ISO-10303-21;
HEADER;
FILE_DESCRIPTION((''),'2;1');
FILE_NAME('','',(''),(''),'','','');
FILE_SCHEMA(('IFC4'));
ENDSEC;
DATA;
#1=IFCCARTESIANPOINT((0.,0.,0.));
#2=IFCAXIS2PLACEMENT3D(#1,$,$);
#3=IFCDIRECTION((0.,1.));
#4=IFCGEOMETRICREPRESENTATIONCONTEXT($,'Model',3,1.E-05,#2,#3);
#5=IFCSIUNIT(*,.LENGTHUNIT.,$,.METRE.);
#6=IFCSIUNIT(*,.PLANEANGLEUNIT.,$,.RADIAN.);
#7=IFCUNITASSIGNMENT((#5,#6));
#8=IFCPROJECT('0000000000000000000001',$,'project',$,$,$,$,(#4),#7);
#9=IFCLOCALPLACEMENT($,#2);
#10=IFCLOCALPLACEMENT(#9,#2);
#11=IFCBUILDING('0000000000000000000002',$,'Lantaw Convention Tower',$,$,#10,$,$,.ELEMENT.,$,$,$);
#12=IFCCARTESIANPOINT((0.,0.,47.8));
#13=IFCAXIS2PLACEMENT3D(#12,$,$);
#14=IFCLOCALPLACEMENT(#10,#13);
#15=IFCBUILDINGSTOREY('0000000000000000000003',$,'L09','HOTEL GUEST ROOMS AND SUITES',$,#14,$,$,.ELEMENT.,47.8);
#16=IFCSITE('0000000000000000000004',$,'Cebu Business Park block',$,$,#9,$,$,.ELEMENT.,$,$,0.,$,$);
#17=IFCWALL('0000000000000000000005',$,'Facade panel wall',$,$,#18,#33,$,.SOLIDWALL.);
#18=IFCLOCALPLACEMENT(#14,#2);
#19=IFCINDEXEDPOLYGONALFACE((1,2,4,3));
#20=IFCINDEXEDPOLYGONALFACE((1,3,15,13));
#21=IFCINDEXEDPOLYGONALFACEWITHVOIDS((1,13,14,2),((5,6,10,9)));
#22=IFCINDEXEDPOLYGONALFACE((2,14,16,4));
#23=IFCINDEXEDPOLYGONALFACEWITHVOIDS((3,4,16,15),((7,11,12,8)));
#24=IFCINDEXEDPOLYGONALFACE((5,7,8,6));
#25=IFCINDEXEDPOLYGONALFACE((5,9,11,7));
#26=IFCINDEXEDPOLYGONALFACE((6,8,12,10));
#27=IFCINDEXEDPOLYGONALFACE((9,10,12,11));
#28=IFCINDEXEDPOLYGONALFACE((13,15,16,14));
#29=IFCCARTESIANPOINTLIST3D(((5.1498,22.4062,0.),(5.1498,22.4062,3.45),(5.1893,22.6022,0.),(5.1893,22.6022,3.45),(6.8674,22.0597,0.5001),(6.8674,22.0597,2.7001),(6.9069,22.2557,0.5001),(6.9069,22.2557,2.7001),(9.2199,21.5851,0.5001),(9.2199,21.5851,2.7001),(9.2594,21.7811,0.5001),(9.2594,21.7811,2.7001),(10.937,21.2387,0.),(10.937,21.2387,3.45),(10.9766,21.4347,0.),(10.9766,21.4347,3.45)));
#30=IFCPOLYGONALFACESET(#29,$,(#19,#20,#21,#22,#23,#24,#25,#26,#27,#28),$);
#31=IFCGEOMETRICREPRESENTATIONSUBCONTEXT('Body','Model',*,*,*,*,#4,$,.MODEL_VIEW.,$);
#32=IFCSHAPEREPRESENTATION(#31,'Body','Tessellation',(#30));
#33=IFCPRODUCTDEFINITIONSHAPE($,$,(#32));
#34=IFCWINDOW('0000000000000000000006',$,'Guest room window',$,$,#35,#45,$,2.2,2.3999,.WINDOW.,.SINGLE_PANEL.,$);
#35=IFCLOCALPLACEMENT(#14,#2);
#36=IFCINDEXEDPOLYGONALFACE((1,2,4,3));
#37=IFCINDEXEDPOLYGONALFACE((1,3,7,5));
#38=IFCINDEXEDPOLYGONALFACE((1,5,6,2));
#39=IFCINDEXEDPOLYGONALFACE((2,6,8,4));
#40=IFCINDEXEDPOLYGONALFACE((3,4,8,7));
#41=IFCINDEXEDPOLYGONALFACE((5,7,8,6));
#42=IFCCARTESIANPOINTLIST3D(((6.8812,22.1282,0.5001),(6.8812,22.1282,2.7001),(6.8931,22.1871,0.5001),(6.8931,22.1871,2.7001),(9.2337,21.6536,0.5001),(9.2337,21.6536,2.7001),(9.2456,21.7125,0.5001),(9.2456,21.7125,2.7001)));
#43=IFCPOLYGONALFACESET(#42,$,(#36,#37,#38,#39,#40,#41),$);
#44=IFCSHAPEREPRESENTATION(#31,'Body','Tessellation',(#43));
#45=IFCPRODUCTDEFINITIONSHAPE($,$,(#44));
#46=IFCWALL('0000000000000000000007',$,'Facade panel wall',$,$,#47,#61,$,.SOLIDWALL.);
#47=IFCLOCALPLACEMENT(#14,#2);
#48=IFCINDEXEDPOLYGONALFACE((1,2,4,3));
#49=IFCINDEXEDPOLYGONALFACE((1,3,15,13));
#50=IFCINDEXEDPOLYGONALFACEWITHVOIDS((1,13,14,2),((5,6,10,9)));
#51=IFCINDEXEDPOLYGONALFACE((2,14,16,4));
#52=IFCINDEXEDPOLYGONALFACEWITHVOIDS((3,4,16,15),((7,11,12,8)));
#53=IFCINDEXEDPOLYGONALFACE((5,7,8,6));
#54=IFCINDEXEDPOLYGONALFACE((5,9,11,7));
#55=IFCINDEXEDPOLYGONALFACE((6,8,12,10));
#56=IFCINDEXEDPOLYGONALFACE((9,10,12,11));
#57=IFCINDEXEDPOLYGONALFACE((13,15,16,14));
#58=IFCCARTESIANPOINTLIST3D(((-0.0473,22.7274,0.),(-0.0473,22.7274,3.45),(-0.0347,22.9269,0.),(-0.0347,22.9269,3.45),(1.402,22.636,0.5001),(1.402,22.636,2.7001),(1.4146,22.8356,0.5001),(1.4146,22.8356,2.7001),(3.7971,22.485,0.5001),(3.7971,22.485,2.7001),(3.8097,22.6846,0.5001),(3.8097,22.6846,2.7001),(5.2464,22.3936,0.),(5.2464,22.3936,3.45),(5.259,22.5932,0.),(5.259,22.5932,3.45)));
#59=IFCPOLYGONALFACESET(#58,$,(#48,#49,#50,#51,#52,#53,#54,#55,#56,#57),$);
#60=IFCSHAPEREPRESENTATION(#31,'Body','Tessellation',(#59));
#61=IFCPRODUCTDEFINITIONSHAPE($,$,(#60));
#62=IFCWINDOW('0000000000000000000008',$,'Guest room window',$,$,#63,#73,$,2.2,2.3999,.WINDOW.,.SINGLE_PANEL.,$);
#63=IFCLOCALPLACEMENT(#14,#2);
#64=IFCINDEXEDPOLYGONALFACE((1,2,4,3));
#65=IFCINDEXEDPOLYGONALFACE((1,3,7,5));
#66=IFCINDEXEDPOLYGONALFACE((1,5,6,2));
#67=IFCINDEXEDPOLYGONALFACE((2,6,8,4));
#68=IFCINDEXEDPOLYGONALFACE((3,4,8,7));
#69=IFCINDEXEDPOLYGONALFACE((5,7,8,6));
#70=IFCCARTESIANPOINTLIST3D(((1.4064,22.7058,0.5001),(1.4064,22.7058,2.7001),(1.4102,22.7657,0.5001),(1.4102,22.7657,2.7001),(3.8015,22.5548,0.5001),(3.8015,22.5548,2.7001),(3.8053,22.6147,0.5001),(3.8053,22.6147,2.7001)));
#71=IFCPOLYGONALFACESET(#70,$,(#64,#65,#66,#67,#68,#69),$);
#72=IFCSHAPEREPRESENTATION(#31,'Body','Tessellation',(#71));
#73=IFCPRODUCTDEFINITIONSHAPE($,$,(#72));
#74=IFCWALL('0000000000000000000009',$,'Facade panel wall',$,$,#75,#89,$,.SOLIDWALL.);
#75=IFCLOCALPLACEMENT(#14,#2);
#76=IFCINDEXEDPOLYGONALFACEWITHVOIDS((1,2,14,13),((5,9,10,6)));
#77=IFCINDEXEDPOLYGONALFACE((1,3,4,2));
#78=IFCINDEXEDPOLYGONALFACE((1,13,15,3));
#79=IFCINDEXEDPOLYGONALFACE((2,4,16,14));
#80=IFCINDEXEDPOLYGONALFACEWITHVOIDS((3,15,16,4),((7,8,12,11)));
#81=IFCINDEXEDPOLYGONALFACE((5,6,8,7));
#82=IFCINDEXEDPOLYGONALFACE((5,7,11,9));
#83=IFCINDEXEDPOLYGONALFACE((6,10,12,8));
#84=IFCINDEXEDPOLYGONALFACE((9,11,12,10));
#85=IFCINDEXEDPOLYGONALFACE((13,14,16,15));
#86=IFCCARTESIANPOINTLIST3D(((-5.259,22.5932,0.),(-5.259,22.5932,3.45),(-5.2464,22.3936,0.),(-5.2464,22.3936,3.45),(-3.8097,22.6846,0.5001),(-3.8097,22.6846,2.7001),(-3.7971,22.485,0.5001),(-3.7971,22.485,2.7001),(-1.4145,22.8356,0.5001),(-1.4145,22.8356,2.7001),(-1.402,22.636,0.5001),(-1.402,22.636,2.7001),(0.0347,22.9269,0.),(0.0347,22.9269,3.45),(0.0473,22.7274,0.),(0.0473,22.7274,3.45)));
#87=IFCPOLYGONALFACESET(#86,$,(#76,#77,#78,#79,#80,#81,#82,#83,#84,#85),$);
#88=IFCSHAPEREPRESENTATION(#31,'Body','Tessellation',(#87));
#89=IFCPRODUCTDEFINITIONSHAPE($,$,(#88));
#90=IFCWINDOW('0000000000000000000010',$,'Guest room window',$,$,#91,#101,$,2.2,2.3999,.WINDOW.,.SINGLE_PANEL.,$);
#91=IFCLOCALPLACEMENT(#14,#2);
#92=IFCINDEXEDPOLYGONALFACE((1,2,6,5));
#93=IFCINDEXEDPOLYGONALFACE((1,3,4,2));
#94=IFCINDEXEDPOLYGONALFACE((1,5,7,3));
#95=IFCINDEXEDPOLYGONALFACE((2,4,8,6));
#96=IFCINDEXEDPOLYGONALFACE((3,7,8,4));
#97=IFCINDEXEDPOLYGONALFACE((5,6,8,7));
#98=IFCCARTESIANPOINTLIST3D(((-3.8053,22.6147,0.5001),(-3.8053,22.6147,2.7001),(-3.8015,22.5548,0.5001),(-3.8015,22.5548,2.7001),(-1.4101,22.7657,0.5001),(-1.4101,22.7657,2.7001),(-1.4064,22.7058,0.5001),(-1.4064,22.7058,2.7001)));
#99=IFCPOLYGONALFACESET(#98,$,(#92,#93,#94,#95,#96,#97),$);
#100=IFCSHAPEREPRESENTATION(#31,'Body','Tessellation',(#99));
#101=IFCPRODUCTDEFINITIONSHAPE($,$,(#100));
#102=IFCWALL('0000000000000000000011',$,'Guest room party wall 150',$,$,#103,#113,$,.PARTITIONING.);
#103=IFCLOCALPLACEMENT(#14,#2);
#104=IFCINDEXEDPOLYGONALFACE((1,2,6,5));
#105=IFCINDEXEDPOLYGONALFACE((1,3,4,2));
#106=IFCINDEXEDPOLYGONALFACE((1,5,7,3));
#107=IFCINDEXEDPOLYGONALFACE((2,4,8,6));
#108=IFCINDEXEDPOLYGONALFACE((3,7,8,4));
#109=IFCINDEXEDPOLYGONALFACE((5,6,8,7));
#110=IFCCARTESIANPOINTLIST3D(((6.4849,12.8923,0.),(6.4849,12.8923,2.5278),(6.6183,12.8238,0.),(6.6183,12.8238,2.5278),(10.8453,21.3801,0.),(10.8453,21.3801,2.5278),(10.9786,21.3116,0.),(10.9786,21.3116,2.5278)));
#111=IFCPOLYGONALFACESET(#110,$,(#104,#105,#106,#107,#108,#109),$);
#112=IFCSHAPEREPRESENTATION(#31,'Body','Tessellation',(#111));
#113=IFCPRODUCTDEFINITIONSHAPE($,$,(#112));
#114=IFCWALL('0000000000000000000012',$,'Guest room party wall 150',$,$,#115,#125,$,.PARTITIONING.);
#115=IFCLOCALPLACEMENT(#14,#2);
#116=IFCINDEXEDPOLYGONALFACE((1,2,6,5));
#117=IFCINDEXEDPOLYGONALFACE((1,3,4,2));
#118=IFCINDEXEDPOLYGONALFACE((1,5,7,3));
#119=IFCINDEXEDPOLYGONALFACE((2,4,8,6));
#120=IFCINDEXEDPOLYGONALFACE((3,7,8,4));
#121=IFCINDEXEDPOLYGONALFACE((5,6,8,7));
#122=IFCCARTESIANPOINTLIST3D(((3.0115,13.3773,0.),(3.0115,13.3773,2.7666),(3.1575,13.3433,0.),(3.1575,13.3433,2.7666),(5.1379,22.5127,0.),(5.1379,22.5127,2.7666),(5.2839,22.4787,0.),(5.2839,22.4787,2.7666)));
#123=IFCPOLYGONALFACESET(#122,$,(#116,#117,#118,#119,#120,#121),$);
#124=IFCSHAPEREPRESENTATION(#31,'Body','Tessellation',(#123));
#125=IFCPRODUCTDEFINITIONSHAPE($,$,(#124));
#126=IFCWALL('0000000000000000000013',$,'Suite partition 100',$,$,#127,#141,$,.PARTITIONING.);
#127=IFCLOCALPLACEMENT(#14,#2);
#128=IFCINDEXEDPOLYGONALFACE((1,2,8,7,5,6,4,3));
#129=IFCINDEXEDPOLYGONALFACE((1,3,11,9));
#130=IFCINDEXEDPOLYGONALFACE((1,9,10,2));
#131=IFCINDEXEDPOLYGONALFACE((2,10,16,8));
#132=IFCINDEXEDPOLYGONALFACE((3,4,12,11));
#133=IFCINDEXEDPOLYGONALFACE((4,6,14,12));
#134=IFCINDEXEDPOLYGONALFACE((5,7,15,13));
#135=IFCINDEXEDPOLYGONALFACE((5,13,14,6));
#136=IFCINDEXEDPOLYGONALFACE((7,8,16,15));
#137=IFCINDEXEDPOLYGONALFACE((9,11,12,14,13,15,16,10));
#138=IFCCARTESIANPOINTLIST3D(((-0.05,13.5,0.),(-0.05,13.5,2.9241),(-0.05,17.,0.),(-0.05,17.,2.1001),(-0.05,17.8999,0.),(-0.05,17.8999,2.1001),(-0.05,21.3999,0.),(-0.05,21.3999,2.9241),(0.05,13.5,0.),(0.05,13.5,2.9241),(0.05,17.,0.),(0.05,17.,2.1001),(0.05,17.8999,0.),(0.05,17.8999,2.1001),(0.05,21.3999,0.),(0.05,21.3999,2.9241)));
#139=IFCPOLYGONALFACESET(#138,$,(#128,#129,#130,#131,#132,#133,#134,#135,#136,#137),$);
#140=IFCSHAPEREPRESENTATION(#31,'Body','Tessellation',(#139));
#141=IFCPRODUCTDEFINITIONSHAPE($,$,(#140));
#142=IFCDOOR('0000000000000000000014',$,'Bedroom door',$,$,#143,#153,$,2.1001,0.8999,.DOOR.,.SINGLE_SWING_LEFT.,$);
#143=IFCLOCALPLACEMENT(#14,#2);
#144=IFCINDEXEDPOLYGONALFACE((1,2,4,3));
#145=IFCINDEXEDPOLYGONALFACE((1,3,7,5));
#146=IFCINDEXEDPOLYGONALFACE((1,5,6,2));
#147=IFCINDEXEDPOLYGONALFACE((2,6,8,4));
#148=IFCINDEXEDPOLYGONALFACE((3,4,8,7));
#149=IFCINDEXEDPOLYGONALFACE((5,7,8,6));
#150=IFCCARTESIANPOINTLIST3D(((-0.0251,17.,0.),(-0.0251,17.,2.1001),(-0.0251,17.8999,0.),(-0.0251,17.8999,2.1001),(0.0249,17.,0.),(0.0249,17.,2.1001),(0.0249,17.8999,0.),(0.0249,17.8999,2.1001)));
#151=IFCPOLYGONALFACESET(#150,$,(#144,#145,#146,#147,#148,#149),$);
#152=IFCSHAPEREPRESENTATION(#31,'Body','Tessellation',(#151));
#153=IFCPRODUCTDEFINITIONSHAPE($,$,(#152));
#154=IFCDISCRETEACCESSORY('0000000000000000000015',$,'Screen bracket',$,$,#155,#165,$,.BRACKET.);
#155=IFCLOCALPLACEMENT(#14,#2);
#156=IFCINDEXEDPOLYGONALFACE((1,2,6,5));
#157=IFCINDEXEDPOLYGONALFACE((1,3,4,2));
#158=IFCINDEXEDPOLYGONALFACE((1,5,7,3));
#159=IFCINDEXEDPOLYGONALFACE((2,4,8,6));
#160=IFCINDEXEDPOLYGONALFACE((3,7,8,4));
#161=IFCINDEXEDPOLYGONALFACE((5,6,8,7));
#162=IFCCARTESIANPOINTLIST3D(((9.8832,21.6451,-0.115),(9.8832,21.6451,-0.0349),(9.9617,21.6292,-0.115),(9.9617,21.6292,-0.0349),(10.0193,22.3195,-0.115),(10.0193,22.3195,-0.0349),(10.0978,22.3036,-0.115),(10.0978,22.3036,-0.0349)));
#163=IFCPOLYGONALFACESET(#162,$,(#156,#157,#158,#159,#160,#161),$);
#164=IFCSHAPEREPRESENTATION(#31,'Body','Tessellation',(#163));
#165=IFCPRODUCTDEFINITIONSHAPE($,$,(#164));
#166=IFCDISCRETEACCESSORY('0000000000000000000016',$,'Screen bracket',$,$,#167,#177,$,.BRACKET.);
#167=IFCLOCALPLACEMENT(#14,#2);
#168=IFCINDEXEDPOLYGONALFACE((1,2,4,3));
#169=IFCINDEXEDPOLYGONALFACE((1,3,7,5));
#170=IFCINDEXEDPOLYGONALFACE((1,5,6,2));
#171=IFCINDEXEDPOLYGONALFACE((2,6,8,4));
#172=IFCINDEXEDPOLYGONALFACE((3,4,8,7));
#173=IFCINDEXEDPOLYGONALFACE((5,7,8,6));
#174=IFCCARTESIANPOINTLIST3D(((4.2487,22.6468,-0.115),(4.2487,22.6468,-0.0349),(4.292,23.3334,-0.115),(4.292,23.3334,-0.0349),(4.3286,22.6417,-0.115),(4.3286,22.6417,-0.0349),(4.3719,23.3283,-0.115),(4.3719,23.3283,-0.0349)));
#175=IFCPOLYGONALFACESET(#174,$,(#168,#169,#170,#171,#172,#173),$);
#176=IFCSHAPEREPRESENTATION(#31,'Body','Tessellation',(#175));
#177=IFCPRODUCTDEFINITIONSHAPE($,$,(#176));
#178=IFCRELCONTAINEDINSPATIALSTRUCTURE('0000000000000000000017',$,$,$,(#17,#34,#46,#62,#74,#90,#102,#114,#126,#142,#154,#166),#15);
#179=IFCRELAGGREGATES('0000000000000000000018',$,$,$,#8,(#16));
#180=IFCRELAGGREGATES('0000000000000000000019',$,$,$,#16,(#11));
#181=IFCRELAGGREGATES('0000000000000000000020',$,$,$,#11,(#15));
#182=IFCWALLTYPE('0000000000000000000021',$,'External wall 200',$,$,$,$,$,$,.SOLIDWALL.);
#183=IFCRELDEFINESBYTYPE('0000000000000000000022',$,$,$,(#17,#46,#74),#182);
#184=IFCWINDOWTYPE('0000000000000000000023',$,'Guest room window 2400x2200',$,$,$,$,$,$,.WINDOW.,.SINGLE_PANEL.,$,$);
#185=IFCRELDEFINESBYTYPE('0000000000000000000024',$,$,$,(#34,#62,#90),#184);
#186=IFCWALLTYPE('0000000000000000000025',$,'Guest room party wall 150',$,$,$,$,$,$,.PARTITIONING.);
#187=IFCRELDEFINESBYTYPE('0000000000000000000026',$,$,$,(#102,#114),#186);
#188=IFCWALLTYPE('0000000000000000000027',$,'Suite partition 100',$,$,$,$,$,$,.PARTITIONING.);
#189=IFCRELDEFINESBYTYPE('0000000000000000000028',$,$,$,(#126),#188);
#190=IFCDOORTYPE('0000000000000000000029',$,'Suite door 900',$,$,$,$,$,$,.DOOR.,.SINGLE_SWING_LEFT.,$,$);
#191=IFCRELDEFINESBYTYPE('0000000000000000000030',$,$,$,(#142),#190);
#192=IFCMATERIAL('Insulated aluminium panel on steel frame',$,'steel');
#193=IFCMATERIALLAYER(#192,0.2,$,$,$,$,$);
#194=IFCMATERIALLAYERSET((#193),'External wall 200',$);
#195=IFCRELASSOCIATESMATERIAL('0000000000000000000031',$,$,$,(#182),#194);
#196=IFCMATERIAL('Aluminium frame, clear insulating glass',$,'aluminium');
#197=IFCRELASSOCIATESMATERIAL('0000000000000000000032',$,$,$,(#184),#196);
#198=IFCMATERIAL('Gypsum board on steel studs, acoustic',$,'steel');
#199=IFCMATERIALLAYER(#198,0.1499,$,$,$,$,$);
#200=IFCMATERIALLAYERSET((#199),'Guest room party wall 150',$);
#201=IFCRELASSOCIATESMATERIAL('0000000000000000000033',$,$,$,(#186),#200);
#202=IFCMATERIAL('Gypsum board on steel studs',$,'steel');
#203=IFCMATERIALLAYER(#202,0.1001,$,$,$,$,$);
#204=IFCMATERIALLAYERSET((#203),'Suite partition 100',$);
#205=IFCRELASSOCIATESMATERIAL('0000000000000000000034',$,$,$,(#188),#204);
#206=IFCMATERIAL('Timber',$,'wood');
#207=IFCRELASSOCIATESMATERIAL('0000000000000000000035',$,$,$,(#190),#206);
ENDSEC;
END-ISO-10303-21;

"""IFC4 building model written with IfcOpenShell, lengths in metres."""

from ifc_helpers import new_model, si_unit, direction, frame, frame_2d, origin, origin_2d, place, context, subcontext, project, spatial, rectangle, extrude, material, layer, layer_set, type_object, element, fill, save


model = new_model("IFC4")

# Units and contexts
model_context = context("Model", 3, precision=1e-05, world=origin(), true_north=direction((0.0, 1.0)))
body_context = subcontext(model_context, "Body", "Model", "MODEL_VIEW")
ifc_project = project(units=[si_unit("LENGTHUNIT", "METRE"), si_unit("PLANEANGLEUNIT", "RADIAN")], contexts=[model_context])

# Site, building, storey
site_placement = place(None, origin())
site = spatial("IfcSite", under=ifc_project, at=site_placement, Name="Cebu Business Park block", CompositionType="ELEMENT", RefElevation=0.0)
building_placement = place(site_placement, origin())
building = spatial("IfcBuilding", under=site, at=building_placement, Name="Lantaw Convention Tower", CompositionType="ELEMENT")
storey_placement = place(building_placement, frame((0.0, 0.0, 47.8)))
storey = spatial("IfcBuildingStorey", under=building, at=storey_placement, Name="L09", Description="HOTEL GUEST ROOMS AND SUITES", CompositionType="ELEMENT", Elevation=47.8)

# Walls, openings, windows
ifc_material_1 = material(Name="Insulated aluminium panel on steel frame", Category="steel")
ifc_layer_1 = layer(ifc_material_1, 0.2)
ifc_layer_set_1 = layer_set([ifc_layer_1], Name="External wall 200")
wall_type_1 = type_object("IfcWallType", Name="External wall 200", PredefinedType="SOLIDWALL", material=ifc_layer_set_1)
wall_1_placement = place(storey_placement, frame((10.9568, 21.3367, 0.0), z_axis=(0.0, 0.0, 1.0), x_axis=(-0.980252, 0.197754, 0.0)))
wall_1 = element("IfcWall", 1, at=wall_1_placement, inside=storey, type_object=wall_type_1, Name="Facade panel wall", PredefinedType="SOLIDWALL", context=body_context, shape_type="SweptSolid", body=[
    extrude(rectangle(XDim=5.9038, YDim=0.2, at=frame_2d((2.9519, 0.0))), origin(), (0.0, 0.0, 1.0), 3.45),
])
opening_1_placement = place(wall_1_placement, frame((1.7517, 0.0, 0.5)))
opening_1 = element("IfcOpeningElement", 2, at=opening_1_placement, cuts=wall_1, PredefinedType="OPENING", context=body_context, shape_type="SweptSolid", body=[
    extrude(rectangle(XDim=2.3999, YDim=2.2, at=frame_2d((1.2, 1.1001))), frame((0.0, 0.1099, 0.0), z_axis=(0.0, -1.0, 0.0), x_axis=(1.0, 0.0, 0.0)), (0.0, 0.0, 1.0), 0.22),
])
ifc_material_2 = material(Name="Aluminium frame, clear insulating glass", Category="aluminium")
window_type = type_object("IfcWindowType", Name="Guest room window 2400x2200", PartitioningType="SINGLE_PANEL", PredefinedType="WINDOW", material=ifc_material_2)
window_1_placement = place(opening_1_placement, origin())
window_1 = element("IfcWindow", 3, at=window_1_placement, inside=storey, type_object=window_type, Name="Guest room window", OverallHeight=2.2, OverallWidth=2.3999, PartitioningType="SINGLE_PANEL", PredefinedType="WINDOW", context=body_context, shape_type="SweptSolid", body=[
    extrude(rectangle(XDim=2.3999, YDim=2.2, at=frame_2d((1.2, 1.1001))), frame((0.0, 0.03, 0.0), z_axis=(0.0, -1.0, 0.0), x_axis=(1.0, 0.0, 0.0)), (0.0, 0.0, 1.0), 0.0601),
])
fill(opening_1, window_1)
wall_2_placement = place(storey_placement, frame((5.2527, 22.4934, 0.0), z_axis=(0.0, 0.0, 1.0), x_axis=(-0.998019, 0.06292, 0.0)))
wall_2 = element("IfcWall", 4, at=wall_2_placement, inside=storey, type_object=wall_type_1, Name="Facade panel wall", PredefinedType="SOLIDWALL", context=body_context, shape_type="SweptSolid", body=[
    extrude(rectangle(XDim=5.3042, YDim=0.2, at=frame_2d((2.6521, 0.0))), origin(), (0.0, 0.0, 1.0), 3.45),
])
opening_2_placement = place(wall_2_placement, frame((1.4521, 0.0, 0.5)))
opening_2 = element("IfcOpeningElement", 5, at=opening_2_placement, cuts=wall_2, PredefinedType="OPENING", context=body_context, shape_type="SweptSolid", body=[
    extrude(rectangle(XDim=2.3999, YDim=2.2, at=frame_2d((1.2, 1.1001))), frame((0.0, 0.1099, 0.0), z_axis=(0.0, -1.0, 0.0), x_axis=(1.0, 0.0, 0.0)), (0.0, 0.0, 1.0), 0.22),
])
window_2_placement = place(opening_2_placement, origin())
window_2 = element("IfcWindow", 6, at=window_2_placement, inside=storey, type_object=window_type, Name="Guest room window", OverallHeight=2.2, OverallWidth=2.3999, PartitioningType="SINGLE_PANEL", PredefinedType="WINDOW", context=body_context, shape_type="SweptSolid", body=[
    extrude(rectangle(XDim=2.3999, YDim=2.2, at=frame_2d((1.2, 1.1001))), frame((0.0, 0.03, 0.0), z_axis=(0.0, -1.0, 0.0), x_axis=(1.0, 0.0, 0.0)), (0.0, 0.0, 1.0), 0.0601),
])
fill(opening_2, window_2)
wall_3_placement = place(storey_placement, frame((0.041, 22.8271, 0.0), z_axis=(0.0, 0.0, 1.0), x_axis=(-0.998019, -0.06292, 0.0)))
wall_3 = element("IfcWall", 7, at=wall_3_placement, inside=storey, type_object=wall_type_1, Name="Facade panel wall", PredefinedType="SOLIDWALL", context=body_context, shape_type="SweptSolid", body=[
    extrude(rectangle(XDim=5.3042, YDim=0.2, at=frame_2d((2.6521, 0.0))), origin(), (0.0, 0.0, 1.0), 3.45),
])
opening_3_placement = place(wall_3_placement, frame((1.4521, 0.0, 0.5)))
opening_3 = element("IfcOpeningElement", 8, at=opening_3_placement, cuts=wall_3, PredefinedType="OPENING", context=body_context, shape_type="SweptSolid", body=[
    extrude(rectangle(XDim=2.3999, YDim=2.2, at=frame_2d((1.2, 1.1001))), frame((0.0, 0.1099, 0.0), z_axis=(0.0, -1.0, 0.0), x_axis=(1.0, 0.0, 0.0)), (0.0, 0.0, 1.0), 0.22),
])
window_3_placement = place(opening_3_placement, origin())
window_3 = element("IfcWindow", 9, at=window_3_placement, inside=storey, type_object=window_type, Name="Guest room window", OverallHeight=2.2, OverallWidth=2.3999, PartitioningType="SINGLE_PANEL", PredefinedType="WINDOW", context=body_context, shape_type="SweptSolid", body=[
    extrude(rectangle(XDim=2.3999, YDim=2.2, at=frame_2d((1.2, 1.1001))), frame((0.0, 0.03, 0.0), z_axis=(0.0, -1.0, 0.0), x_axis=(1.0, 0.0, 0.0)), (0.0, 0.0, 1.0), 0.0601),
])
fill(opening_3, window_3)

# Walls
ifc_material_3 = material(Name="Gypsum board on steel studs, acoustic", Category="steel")
ifc_layer_2 = layer(ifc_material_3, 0.1499)
ifc_layer_set_2 = layer_set([ifc_layer_2], Name="Guest room party wall 150")
wall_type_2 = type_object("IfcWallType", Name="Guest room party wall 150", PredefinedType="PARTITIONING", material=ifc_layer_set_2)
wall_4_placement = place(storey_placement, frame((10.9119, 21.3457, 0.0), z_axis=(0.0, 0.0, 1.0), x_axis=(-0.45695, -0.889492, 0.0)))
element("IfcWall", 10, at=wall_4_placement, inside=storey, type_object=wall_type_2, Name="Guest room party wall 150", PredefinedType="PARTITIONING", context=body_context, shape_type="SweptSolid", body=[
    extrude(rectangle(XDim=9.5422, YDim=0.1499, at=frame_2d((4.771, 0.0))), origin(), (0.0, 0.0, 1.0), 2.5278),
])
wall_5_placement = place(storey_placement, frame((5.2109, 22.4958, 0.0), z_axis=(0.0, 0.0, 1.0), x_axis=(-0.226709, -0.973963, 0.0)))
element("IfcWall", 11, at=wall_5_placement, inside=storey, type_object=wall_type_2, Name="Guest room party wall 150", PredefinedType="PARTITIONING", context=body_context, shape_type="SweptSolid", body=[
    extrude(rectangle(XDim=9.3796, YDim=0.1499, at=frame_2d((4.6899, 0.0))), origin(), (0.0, 0.0, 1.0), 2.7666),
])

# Wall, opening, door
ifc_material_4 = material(Name="Gypsum board on steel studs", Category="steel")
ifc_layer_3 = layer(ifc_material_4, 0.1001)
ifc_layer_set_3 = layer_set([ifc_layer_3], Name="Suite partition 100")
wall_type_3 = type_object("IfcWallType", Name="Suite partition 100", PredefinedType="PARTITIONING", material=ifc_layer_set_3)
wall_6_placement = place(storey_placement, frame((0.0, 21.3999, 0.0), z_axis=(0.0, 0.0, 1.0), x_axis=(0.0, -1.0, 0.0)))
wall_6 = element("IfcWall", 12, at=wall_6_placement, inside=storey, type_object=wall_type_3, Name="Suite partition 100", PredefinedType="PARTITIONING", context=body_context, shape_type="SweptSolid", body=[
    extrude(rectangle(XDim=7.8999, YDim=0.1001, at=frame_2d((3.95, 0.0))), origin(), (0.0, 0.0, 1.0), 2.9241),
])
opening_4_placement = place(wall_6_placement, frame((3.5, 0.0, 0.0)))
opening_4 = element("IfcOpeningElement", 13, at=opening_4_placement, cuts=wall_6, PredefinedType="OPENING", context=body_context, shape_type="SweptSolid", body=[
    extrude(rectangle(XDim=0.8999, YDim=2.1001, at=frame_2d((0.45, 1.05))), frame((0.0, 0.0601, 0.0), z_axis=(0.0, -1.0, 0.0), x_axis=(1.0, 0.0, 0.0)), (0.0, 0.0, 1.0), 0.1201),
])
ifc_material_5 = material(Name="Timber", Category="wood")
door_type = type_object("IfcDoorType", Name="Suite door 900", OperationType="SINGLE_SWING_LEFT", PredefinedType="DOOR", material=ifc_material_5)
door_placement = place(opening_4_placement, origin())
door = element("IfcDoor", 14, at=door_placement, inside=storey, type_object=door_type, Name="Bedroom door", OperationType="SINGLE_SWING_LEFT", OverallHeight=2.1001, OverallWidth=0.8999, PredefinedType="DOOR", context=body_context, shape_type="SweptSolid", body=[
    extrude(rectangle(XDim=0.8999, YDim=2.1001, at=frame_2d((0.45, 1.05))), frame((0.0, 0.0249, 0.0), z_axis=(0.0, -1.0, 0.0), x_axis=(1.0, 0.0, 0.0)), (0.0, 0.0, 1.0), 0.05),
])
fill(opening_4, door)

# Discrete accessories
for number, where, z_axis, x_axis, name in (
    (15, (9.9905, 21.9744, -0.115), (0.0, 0.0, 1.0), (-0.980245, 0.197789, 0.0), "Screen bracket"),
    (16, (4.3103, 22.9875, -0.115), (0.0, 0.0, 1.0), (-0.998016, 0.062958, 0.0), "Screen bracket"),
):
    element("IfcDiscreteAccessory", number, at=place(storey_placement, frame(where, z_axis=z_axis, x_axis=x_axis)), inside=storey, Name=name, PredefinedType="BRACKET", context=body_context, shape_type="SweptSolid", body=[
        extrude(rectangle(XDim=0.0801, YDim=0.688, at=origin_2d()), origin(), (0.0, 0.0, 1.0), 0.0801),
    ])

save(model, "model.ifc")
